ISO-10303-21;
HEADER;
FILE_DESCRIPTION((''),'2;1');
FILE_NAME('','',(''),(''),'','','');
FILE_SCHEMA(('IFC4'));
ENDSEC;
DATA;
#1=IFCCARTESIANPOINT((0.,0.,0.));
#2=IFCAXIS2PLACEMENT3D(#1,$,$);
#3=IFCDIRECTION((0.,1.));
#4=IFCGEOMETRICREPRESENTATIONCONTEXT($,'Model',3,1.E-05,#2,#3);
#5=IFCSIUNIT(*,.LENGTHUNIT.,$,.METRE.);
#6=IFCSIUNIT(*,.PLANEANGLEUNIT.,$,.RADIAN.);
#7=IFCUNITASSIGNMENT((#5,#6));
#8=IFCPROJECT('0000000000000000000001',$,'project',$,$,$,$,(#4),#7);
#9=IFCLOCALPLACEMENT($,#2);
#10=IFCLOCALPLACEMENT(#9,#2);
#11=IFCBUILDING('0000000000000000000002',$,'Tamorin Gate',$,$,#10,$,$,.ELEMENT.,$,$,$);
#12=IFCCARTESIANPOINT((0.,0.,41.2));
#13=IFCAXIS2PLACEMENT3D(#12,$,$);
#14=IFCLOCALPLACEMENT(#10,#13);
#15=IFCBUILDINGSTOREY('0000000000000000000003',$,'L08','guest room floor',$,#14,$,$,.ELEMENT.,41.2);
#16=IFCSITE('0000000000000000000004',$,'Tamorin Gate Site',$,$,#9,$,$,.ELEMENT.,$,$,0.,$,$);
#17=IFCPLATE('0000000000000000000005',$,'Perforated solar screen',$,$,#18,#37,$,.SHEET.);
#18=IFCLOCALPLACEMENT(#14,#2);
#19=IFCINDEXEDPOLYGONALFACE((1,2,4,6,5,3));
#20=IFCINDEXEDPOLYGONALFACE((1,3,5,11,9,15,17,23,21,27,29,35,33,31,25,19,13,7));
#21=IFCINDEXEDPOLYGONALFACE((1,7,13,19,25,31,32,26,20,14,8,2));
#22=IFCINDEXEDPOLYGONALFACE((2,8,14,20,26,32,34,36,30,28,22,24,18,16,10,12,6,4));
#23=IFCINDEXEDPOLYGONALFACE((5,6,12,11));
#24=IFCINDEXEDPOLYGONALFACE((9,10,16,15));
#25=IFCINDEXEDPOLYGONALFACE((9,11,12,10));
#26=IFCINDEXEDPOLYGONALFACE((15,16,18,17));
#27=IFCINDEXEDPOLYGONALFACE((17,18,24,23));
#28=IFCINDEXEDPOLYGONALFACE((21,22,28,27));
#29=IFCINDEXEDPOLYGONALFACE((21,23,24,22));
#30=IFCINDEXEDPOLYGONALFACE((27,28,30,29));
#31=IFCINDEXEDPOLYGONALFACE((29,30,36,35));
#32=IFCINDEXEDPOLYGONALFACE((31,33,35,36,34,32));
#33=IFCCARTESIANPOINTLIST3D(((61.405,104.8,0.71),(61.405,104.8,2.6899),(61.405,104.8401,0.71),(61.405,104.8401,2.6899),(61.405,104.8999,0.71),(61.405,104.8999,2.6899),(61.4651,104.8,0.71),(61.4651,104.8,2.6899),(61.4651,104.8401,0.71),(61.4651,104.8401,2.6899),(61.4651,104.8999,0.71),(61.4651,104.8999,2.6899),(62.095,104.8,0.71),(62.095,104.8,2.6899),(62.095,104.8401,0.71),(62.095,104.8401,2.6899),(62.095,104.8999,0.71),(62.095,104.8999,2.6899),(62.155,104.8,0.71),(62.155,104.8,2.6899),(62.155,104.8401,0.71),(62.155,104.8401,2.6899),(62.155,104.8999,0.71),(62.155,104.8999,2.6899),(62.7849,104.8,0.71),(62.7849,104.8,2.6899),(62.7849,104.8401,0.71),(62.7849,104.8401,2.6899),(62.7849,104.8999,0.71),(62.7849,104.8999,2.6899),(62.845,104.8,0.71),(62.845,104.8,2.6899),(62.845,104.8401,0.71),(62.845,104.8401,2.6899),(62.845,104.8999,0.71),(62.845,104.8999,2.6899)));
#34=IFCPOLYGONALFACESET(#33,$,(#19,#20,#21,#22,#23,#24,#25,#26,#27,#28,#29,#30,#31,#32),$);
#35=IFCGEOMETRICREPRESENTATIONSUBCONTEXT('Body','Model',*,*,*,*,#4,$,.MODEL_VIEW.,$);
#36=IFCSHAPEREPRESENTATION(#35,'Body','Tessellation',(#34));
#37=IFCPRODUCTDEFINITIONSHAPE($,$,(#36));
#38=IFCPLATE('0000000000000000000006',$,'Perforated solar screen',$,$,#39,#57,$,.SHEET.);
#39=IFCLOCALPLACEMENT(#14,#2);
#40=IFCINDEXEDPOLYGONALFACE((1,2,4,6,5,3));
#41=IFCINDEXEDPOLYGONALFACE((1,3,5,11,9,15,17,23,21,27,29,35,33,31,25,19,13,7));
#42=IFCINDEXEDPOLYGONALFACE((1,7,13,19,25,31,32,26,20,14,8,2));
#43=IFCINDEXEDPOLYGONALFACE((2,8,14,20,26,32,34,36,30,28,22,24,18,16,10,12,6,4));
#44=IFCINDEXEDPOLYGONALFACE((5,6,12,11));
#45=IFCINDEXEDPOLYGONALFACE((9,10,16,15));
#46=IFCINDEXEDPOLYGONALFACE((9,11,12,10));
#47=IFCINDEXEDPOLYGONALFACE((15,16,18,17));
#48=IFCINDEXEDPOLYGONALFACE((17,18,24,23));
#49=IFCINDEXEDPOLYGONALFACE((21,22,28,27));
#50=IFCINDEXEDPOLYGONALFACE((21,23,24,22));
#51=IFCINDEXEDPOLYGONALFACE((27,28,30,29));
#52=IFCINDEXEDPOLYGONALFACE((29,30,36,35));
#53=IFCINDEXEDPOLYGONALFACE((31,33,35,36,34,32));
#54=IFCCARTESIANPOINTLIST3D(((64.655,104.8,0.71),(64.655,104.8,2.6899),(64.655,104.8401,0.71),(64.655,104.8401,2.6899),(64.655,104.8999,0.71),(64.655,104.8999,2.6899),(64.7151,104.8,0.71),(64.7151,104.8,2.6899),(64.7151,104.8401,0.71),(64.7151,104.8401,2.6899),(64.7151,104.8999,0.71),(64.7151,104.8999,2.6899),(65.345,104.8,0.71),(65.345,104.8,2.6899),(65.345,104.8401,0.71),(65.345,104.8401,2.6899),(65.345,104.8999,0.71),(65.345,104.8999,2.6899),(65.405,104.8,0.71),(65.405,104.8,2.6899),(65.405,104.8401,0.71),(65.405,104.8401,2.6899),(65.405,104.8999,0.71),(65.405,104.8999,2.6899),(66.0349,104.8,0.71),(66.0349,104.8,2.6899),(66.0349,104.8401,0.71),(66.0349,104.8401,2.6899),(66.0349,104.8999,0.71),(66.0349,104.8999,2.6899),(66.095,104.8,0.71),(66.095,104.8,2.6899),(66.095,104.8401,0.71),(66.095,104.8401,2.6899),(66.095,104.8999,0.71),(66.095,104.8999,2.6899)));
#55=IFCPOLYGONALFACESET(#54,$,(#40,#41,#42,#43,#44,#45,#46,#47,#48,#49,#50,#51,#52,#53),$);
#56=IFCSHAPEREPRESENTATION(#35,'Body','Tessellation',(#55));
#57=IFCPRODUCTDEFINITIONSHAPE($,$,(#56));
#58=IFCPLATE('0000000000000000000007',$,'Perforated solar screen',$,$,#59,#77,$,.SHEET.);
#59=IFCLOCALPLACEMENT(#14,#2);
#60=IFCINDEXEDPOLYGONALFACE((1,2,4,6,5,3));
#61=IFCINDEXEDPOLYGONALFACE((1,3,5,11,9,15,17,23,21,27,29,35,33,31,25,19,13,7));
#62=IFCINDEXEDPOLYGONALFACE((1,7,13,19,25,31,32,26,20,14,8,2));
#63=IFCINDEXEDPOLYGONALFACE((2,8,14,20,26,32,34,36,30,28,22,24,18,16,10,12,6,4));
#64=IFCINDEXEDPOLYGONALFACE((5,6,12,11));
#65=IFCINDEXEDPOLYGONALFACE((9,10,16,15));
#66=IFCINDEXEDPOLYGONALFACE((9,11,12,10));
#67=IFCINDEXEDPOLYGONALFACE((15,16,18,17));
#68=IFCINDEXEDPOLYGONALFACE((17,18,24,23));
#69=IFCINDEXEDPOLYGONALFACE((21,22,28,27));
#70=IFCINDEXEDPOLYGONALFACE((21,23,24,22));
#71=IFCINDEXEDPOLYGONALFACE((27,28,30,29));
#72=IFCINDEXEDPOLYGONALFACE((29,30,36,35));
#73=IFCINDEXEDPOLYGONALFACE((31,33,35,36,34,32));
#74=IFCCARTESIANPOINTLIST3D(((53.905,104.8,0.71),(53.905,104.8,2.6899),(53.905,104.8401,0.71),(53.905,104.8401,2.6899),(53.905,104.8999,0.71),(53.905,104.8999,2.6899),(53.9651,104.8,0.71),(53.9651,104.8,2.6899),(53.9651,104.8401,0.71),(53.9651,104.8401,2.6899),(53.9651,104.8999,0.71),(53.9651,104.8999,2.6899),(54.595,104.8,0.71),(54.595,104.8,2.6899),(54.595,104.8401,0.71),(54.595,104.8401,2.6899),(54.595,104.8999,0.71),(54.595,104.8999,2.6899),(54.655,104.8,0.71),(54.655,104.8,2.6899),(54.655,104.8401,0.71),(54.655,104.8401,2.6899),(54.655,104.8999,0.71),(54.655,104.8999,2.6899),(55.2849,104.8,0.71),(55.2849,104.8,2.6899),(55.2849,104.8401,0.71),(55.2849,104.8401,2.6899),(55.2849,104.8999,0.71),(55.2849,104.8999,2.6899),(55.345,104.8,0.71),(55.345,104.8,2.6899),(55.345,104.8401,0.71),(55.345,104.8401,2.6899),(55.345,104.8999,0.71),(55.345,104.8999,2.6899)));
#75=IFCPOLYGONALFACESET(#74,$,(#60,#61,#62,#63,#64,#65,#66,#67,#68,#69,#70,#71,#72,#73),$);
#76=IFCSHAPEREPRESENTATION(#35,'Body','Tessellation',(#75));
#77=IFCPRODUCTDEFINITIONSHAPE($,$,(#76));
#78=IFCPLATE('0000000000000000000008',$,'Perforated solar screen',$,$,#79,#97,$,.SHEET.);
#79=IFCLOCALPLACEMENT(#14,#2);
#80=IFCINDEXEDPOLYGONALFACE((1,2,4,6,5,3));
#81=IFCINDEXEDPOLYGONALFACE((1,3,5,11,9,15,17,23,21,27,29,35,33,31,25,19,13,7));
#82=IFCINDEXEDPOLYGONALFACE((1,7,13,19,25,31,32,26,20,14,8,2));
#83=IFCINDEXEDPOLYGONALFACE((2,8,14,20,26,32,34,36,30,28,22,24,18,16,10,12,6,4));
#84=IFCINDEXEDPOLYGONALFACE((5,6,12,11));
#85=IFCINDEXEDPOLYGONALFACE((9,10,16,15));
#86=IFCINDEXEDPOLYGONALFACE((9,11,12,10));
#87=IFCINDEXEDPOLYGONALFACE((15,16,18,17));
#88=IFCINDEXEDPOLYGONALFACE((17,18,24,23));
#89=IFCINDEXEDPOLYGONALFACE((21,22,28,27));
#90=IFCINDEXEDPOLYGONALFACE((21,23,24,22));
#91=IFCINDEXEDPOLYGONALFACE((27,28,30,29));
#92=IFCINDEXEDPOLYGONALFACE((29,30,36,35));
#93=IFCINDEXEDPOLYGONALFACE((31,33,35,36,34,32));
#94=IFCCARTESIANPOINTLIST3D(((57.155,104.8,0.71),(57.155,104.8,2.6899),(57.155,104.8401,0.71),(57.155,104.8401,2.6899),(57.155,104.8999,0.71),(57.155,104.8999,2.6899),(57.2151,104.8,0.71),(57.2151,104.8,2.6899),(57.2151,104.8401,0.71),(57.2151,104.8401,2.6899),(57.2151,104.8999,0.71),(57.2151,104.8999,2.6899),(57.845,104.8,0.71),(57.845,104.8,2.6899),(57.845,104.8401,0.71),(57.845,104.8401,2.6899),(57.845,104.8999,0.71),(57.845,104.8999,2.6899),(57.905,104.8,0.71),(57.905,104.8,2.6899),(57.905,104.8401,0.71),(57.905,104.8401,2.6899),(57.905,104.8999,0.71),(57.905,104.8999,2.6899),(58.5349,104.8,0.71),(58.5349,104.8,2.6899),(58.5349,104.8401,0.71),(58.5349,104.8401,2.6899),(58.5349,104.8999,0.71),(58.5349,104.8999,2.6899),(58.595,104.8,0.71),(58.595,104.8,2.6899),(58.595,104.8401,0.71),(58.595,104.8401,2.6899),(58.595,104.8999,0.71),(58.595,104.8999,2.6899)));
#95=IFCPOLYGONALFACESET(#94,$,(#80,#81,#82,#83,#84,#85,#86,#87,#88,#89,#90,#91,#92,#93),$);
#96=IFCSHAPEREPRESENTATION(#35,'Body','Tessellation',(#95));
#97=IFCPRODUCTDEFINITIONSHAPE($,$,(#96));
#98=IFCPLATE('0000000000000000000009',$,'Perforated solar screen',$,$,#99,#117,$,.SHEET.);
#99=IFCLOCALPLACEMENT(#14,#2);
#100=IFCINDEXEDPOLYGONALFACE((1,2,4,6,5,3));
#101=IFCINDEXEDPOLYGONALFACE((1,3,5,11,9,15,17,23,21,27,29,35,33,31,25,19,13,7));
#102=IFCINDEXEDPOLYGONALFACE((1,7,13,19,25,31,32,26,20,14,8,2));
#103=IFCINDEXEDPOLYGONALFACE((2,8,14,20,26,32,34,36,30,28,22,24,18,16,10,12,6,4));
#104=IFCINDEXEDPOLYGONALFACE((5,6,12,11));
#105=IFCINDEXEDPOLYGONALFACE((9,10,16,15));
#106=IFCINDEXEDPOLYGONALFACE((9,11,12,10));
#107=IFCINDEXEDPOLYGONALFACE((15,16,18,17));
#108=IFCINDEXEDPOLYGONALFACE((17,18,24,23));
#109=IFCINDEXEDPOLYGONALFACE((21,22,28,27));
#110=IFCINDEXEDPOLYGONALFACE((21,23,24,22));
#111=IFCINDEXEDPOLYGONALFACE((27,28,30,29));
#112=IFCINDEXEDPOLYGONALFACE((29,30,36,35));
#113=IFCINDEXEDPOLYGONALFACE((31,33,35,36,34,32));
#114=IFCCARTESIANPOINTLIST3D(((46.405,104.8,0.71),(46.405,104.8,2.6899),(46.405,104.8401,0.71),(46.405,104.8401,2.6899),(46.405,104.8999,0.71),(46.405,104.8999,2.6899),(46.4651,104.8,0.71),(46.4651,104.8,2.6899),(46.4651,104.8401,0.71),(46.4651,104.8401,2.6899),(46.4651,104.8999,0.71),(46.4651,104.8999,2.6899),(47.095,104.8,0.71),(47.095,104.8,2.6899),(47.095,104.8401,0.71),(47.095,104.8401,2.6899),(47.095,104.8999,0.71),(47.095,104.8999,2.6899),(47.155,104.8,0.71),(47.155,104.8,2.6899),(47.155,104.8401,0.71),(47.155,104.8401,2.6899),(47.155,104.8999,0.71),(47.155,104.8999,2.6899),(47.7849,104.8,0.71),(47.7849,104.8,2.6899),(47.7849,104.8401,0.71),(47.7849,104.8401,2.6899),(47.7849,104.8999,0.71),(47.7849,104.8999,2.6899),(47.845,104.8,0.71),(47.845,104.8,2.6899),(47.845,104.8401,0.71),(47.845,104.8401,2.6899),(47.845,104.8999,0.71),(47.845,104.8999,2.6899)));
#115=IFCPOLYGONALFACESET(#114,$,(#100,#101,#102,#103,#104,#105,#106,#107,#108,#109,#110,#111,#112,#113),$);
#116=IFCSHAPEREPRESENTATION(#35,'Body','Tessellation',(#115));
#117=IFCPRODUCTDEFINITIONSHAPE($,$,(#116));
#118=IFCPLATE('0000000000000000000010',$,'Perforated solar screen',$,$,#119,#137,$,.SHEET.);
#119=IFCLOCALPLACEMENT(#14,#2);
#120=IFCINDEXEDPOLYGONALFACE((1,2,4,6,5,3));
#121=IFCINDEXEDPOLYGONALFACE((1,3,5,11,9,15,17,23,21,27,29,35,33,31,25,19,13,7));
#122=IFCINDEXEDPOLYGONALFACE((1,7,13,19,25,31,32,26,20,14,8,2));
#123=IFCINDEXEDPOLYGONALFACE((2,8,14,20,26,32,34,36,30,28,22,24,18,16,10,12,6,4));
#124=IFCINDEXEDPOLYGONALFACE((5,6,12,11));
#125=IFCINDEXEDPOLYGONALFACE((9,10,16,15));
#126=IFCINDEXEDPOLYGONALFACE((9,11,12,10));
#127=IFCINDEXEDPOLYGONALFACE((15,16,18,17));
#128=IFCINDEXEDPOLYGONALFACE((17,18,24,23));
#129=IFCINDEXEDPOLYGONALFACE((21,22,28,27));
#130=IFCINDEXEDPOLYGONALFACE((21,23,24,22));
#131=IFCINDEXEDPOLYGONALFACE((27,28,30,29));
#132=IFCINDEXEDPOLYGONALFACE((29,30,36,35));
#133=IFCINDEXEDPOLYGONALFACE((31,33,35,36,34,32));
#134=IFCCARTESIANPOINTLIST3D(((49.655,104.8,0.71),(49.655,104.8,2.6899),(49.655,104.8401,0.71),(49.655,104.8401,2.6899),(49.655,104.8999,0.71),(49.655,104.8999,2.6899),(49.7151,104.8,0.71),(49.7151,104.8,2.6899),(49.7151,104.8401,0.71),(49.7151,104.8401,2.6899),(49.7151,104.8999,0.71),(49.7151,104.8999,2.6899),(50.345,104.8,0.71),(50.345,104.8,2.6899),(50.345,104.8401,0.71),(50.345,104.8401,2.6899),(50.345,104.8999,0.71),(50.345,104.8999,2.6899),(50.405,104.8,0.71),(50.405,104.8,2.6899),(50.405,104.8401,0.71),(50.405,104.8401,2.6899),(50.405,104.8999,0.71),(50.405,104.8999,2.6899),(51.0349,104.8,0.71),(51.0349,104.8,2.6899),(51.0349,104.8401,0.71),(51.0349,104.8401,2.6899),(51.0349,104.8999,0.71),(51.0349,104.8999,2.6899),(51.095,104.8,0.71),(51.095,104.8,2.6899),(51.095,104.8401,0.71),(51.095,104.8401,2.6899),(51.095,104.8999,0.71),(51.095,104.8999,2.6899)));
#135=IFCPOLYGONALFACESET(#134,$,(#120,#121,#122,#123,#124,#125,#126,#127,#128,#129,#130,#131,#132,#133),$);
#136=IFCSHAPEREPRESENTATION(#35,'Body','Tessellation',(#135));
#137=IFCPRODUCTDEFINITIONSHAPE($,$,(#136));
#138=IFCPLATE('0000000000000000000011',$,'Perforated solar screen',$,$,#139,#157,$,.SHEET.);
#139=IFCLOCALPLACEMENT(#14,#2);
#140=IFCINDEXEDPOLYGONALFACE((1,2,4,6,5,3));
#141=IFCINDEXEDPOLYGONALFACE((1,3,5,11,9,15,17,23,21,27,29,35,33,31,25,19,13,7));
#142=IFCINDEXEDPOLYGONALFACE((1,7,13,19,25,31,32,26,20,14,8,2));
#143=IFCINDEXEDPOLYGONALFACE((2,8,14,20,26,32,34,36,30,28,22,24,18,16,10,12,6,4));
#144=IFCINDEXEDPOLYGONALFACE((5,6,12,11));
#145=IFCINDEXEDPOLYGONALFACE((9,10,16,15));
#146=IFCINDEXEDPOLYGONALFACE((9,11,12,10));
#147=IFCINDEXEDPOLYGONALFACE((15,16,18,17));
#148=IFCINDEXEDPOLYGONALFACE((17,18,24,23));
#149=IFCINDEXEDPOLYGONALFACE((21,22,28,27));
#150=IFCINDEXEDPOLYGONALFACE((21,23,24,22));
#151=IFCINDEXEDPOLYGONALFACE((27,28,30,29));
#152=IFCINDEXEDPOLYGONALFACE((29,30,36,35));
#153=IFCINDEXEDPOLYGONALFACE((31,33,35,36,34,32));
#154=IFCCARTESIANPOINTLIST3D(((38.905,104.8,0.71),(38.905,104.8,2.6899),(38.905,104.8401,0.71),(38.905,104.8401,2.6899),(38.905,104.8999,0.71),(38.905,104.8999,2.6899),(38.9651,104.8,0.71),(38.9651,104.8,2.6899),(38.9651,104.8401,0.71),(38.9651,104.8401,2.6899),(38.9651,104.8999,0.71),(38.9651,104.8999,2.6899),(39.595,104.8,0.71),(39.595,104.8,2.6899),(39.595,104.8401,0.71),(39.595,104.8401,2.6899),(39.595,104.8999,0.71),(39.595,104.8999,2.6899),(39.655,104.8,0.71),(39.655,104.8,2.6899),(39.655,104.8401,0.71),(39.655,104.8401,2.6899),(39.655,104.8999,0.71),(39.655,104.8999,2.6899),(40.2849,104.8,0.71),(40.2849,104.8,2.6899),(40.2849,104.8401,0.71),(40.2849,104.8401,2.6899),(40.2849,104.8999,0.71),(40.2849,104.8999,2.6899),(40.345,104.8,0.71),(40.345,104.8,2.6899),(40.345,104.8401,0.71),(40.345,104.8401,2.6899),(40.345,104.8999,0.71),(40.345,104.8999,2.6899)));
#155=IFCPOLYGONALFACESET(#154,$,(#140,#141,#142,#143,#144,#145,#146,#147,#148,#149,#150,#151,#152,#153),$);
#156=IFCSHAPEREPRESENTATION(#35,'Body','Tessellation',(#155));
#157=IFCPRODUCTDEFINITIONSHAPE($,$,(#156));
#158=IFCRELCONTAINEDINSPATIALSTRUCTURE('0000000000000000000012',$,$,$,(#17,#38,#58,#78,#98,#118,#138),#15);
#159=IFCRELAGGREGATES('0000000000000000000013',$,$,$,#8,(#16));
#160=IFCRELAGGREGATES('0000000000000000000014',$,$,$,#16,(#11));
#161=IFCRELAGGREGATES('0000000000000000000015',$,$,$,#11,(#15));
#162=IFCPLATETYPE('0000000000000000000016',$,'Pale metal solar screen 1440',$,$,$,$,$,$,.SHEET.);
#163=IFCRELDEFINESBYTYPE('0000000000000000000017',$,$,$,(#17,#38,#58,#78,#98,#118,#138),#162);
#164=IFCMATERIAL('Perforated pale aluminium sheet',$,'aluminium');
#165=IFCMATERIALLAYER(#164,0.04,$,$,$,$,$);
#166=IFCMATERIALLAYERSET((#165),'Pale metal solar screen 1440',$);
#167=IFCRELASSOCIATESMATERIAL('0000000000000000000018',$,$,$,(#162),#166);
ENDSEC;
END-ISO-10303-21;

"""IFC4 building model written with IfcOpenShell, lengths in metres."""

from ifc_helpers import new_model, si_unit, direction, frame, origin, place, context, subcontext, project, spatial, polyline, outline, extrude, material, layer, layer_set, type_object, element, save


model = new_model("IFC4")

# Units and contexts
model_context = context("Model", 3, precision=1e-05, world=origin(), true_north=direction((0.0, 1.0)))
body_context = subcontext(model_context, "Body", "Model", "MODEL_VIEW")
ifc_project = project(units=[si_unit("LENGTHUNIT", "METRE"), si_unit("PLANEANGLEUNIT", "RADIAN")], contexts=[model_context])

# Site, building, storey
site_placement = place(None, origin())
site = spatial("IfcSite", under=ifc_project, at=site_placement, Name="Tamorin Gate Site", CompositionType="ELEMENT", RefElevation=0.0)
building_placement = place(site_placement, origin())
building = spatial("IfcBuilding", under=site, at=building_placement, Name="Tamorin Gate", CompositionType="ELEMENT")
storey_placement = place(building_placement, frame((0.0, 0.0, 41.2)))
storey = spatial("IfcBuildingStorey", under=building, at=storey_placement, Name="L08", Description="guest room floor", CompositionType="ELEMENT", Elevation=41.2)

# Plates
ifc_material = material(Name="Perforated pale aluminium sheet", Category="aluminium")
ifc_layer = layer(ifc_material, 0.04)
ifc_layer_set = layer_set([ifc_layer], Name="Pale metal solar screen 1440")
plate_type = type_object("IfcPlateType", Name="Pale metal solar screen 1440", PredefinedType="SHEET", material=ifc_layer_set)
plate_1_placement = place(storey_placement, frame((0.0, 0.0, 0.71)))
element("IfcPlate", 1, at=plate_1_placement, inside=storey, type_object=plate_type, Name="Perforated solar screen", PredefinedType="SHEET", context=body_context, shape_type="SweptSolid", body=[
    extrude(outline(polyline([(62.845, 104.8401), (62.845, 104.8), (62.7849, 104.8), (62.155, 104.8), (62.095, 104.8), (61.4651, 104.8), (61.405, 104.8), (61.405, 104.8401), (61.405, 104.8999), (61.4651, 104.8999), (61.4651, 104.8401), (62.095, 104.8401), (62.095, 104.8999), (62.155, 104.8999), (62.155, 104.8401), (62.7849, 104.8401), (62.7849, 104.8999), (62.845, 104.8999), (62.845, 104.8401)])), origin(), (0.0, 0.0, 1.0), 1.98),
])
plate_2_placement = place(storey_placement, frame((0.0, 0.0, 0.71)))
element("IfcPlate", 2, at=plate_2_placement, inside=storey, type_object=plate_type, Name="Perforated solar screen", PredefinedType="SHEET", context=body_context, shape_type="SweptSolid", body=[
    extrude(outline(polyline([(66.095, 104.8401), (66.095, 104.8), (66.0349, 104.8), (65.405, 104.8), (65.345, 104.8), (64.7151, 104.8), (64.655, 104.8), (64.655, 104.8401), (64.655, 104.8999), (64.7151, 104.8999), (64.7151, 104.8401), (65.345, 104.8401), (65.345, 104.8999), (65.405, 104.8999), (65.405, 104.8401), (66.0349, 104.8401), (66.0349, 104.8999), (66.095, 104.8999), (66.095, 104.8401)])), origin(), (0.0, 0.0, 1.0), 1.98),
])
plate_3_placement = place(storey_placement, frame((0.0, 0.0, 0.71)))
element("IfcPlate", 3, at=plate_3_placement, inside=storey, type_object=plate_type, Name="Perforated solar screen", PredefinedType="SHEET", context=body_context, shape_type="SweptSolid", body=[
    extrude(outline(polyline([(55.345, 104.8401), (55.345, 104.8), (55.2849, 104.8), (54.655, 104.8), (54.595, 104.8), (53.9651, 104.8), (53.905, 104.8), (53.905, 104.8401), (53.905, 104.8999), (53.9651, 104.8999), (53.9651, 104.8401), (54.595, 104.8401), (54.595, 104.8999), (54.655, 104.8999), (54.655, 104.8401), (55.2849, 104.8401), (55.2849, 104.8999), (55.345, 104.8999), (55.345, 104.8401)])), origin(), (0.0, 0.0, 1.0), 1.98),
])
plate_4_placement = place(storey_placement, frame((0.0, 0.0, 0.71)))
element("IfcPlate", 4, at=plate_4_placement, inside=storey, type_object=plate_type, Name="Perforated solar screen", PredefinedType="SHEET", context=body_context, shape_type="SweptSolid", body=[
    extrude(outline(polyline([(58.595, 104.8401), (58.595, 104.8), (58.5349, 104.8), (57.905, 104.8), (57.845, 104.8), (57.2151, 104.8), (57.155, 104.8), (57.155, 104.8401), (57.155, 104.8999), (57.2151, 104.8999), (57.2151, 104.8401), (57.845, 104.8401), (57.845, 104.8999), (57.905, 104.8999), (57.905, 104.8401), (58.5349, 104.8401), (58.5349, 104.8999), (58.595, 104.8999), (58.595, 104.8401)])), origin(), (0.0, 0.0, 1.0), 1.98),
])
plate_5_placement = place(storey_placement, frame((0.0, 0.0, 0.71)))
element("IfcPlate", 5, at=plate_5_placement, inside=storey, type_object=plate_type, Name="Perforated solar screen", PredefinedType="SHEET", context=body_context, shape_type="SweptSolid", body=[
    extrude(outline(polyline([(47.845, 104.8401), (47.845, 104.8), (47.7849, 104.8), (47.155, 104.8), (47.095, 104.8), (46.4651, 104.8), (46.405, 104.8), (46.405, 104.8401), (46.405, 104.8999), (46.4651, 104.8999), (46.4651, 104.8401), (47.095, 104.8401), (47.095, 104.8999), (47.155, 104.8999), (47.155, 104.8401), (47.7849, 104.8401), (47.7849, 104.8999), (47.845, 104.8999), (47.845, 104.8401)])), origin(), (0.0, 0.0, 1.0), 1.98),
])
plate_6_placement = place(storey_placement, frame((0.0, 0.0, 0.71)))
element("IfcPlate", 6, at=plate_6_placement, inside=storey, type_object=plate_type, Name="Perforated solar screen", PredefinedType="SHEET", context=body_context, shape_type="SweptSolid", body=[
    extrude(outline(polyline([(51.095, 104.8401), (51.095, 104.8), (51.0349, 104.8), (50.405, 104.8), (50.345, 104.8), (49.7151, 104.8), (49.655, 104.8), (49.655, 104.8401), (49.655, 104.8999), (49.7151, 104.8999), (49.7151, 104.8401), (50.345, 104.8401), (50.345, 104.8999), (50.405, 104.8999), (50.405, 104.8401), (51.0349, 104.8401), (51.0349, 104.8999), (51.095, 104.8999), (51.095, 104.8401)])), origin(), (0.0, 0.0, 1.0), 1.98),
])
plate_7_placement = place(storey_placement, frame((0.0, 0.0, 0.71)))
element("IfcPlate", 7, at=plate_7_placement, inside=storey, type_object=plate_type, Name="Perforated solar screen", PredefinedType="SHEET", context=body_context, shape_type="SweptSolid", body=[
    extrude(outline(polyline([(40.345, 104.8401), (40.345, 104.8), (40.2849, 104.8), (39.655, 104.8), (39.595, 104.8), (38.9651, 104.8), (38.905, 104.8), (38.905, 104.8401), (38.905, 104.8999), (38.9651, 104.8999), (38.9651, 104.8401), (39.595, 104.8401), (39.595, 104.8999), (39.655, 104.8999), (39.655, 104.8401), (40.2849, 104.8401), (40.2849, 104.8999), (40.345, 104.8999), (40.345, 104.8401)])), origin(), (0.0, 0.0, 1.0), 1.98),
])

save(model, "model.ifc")
